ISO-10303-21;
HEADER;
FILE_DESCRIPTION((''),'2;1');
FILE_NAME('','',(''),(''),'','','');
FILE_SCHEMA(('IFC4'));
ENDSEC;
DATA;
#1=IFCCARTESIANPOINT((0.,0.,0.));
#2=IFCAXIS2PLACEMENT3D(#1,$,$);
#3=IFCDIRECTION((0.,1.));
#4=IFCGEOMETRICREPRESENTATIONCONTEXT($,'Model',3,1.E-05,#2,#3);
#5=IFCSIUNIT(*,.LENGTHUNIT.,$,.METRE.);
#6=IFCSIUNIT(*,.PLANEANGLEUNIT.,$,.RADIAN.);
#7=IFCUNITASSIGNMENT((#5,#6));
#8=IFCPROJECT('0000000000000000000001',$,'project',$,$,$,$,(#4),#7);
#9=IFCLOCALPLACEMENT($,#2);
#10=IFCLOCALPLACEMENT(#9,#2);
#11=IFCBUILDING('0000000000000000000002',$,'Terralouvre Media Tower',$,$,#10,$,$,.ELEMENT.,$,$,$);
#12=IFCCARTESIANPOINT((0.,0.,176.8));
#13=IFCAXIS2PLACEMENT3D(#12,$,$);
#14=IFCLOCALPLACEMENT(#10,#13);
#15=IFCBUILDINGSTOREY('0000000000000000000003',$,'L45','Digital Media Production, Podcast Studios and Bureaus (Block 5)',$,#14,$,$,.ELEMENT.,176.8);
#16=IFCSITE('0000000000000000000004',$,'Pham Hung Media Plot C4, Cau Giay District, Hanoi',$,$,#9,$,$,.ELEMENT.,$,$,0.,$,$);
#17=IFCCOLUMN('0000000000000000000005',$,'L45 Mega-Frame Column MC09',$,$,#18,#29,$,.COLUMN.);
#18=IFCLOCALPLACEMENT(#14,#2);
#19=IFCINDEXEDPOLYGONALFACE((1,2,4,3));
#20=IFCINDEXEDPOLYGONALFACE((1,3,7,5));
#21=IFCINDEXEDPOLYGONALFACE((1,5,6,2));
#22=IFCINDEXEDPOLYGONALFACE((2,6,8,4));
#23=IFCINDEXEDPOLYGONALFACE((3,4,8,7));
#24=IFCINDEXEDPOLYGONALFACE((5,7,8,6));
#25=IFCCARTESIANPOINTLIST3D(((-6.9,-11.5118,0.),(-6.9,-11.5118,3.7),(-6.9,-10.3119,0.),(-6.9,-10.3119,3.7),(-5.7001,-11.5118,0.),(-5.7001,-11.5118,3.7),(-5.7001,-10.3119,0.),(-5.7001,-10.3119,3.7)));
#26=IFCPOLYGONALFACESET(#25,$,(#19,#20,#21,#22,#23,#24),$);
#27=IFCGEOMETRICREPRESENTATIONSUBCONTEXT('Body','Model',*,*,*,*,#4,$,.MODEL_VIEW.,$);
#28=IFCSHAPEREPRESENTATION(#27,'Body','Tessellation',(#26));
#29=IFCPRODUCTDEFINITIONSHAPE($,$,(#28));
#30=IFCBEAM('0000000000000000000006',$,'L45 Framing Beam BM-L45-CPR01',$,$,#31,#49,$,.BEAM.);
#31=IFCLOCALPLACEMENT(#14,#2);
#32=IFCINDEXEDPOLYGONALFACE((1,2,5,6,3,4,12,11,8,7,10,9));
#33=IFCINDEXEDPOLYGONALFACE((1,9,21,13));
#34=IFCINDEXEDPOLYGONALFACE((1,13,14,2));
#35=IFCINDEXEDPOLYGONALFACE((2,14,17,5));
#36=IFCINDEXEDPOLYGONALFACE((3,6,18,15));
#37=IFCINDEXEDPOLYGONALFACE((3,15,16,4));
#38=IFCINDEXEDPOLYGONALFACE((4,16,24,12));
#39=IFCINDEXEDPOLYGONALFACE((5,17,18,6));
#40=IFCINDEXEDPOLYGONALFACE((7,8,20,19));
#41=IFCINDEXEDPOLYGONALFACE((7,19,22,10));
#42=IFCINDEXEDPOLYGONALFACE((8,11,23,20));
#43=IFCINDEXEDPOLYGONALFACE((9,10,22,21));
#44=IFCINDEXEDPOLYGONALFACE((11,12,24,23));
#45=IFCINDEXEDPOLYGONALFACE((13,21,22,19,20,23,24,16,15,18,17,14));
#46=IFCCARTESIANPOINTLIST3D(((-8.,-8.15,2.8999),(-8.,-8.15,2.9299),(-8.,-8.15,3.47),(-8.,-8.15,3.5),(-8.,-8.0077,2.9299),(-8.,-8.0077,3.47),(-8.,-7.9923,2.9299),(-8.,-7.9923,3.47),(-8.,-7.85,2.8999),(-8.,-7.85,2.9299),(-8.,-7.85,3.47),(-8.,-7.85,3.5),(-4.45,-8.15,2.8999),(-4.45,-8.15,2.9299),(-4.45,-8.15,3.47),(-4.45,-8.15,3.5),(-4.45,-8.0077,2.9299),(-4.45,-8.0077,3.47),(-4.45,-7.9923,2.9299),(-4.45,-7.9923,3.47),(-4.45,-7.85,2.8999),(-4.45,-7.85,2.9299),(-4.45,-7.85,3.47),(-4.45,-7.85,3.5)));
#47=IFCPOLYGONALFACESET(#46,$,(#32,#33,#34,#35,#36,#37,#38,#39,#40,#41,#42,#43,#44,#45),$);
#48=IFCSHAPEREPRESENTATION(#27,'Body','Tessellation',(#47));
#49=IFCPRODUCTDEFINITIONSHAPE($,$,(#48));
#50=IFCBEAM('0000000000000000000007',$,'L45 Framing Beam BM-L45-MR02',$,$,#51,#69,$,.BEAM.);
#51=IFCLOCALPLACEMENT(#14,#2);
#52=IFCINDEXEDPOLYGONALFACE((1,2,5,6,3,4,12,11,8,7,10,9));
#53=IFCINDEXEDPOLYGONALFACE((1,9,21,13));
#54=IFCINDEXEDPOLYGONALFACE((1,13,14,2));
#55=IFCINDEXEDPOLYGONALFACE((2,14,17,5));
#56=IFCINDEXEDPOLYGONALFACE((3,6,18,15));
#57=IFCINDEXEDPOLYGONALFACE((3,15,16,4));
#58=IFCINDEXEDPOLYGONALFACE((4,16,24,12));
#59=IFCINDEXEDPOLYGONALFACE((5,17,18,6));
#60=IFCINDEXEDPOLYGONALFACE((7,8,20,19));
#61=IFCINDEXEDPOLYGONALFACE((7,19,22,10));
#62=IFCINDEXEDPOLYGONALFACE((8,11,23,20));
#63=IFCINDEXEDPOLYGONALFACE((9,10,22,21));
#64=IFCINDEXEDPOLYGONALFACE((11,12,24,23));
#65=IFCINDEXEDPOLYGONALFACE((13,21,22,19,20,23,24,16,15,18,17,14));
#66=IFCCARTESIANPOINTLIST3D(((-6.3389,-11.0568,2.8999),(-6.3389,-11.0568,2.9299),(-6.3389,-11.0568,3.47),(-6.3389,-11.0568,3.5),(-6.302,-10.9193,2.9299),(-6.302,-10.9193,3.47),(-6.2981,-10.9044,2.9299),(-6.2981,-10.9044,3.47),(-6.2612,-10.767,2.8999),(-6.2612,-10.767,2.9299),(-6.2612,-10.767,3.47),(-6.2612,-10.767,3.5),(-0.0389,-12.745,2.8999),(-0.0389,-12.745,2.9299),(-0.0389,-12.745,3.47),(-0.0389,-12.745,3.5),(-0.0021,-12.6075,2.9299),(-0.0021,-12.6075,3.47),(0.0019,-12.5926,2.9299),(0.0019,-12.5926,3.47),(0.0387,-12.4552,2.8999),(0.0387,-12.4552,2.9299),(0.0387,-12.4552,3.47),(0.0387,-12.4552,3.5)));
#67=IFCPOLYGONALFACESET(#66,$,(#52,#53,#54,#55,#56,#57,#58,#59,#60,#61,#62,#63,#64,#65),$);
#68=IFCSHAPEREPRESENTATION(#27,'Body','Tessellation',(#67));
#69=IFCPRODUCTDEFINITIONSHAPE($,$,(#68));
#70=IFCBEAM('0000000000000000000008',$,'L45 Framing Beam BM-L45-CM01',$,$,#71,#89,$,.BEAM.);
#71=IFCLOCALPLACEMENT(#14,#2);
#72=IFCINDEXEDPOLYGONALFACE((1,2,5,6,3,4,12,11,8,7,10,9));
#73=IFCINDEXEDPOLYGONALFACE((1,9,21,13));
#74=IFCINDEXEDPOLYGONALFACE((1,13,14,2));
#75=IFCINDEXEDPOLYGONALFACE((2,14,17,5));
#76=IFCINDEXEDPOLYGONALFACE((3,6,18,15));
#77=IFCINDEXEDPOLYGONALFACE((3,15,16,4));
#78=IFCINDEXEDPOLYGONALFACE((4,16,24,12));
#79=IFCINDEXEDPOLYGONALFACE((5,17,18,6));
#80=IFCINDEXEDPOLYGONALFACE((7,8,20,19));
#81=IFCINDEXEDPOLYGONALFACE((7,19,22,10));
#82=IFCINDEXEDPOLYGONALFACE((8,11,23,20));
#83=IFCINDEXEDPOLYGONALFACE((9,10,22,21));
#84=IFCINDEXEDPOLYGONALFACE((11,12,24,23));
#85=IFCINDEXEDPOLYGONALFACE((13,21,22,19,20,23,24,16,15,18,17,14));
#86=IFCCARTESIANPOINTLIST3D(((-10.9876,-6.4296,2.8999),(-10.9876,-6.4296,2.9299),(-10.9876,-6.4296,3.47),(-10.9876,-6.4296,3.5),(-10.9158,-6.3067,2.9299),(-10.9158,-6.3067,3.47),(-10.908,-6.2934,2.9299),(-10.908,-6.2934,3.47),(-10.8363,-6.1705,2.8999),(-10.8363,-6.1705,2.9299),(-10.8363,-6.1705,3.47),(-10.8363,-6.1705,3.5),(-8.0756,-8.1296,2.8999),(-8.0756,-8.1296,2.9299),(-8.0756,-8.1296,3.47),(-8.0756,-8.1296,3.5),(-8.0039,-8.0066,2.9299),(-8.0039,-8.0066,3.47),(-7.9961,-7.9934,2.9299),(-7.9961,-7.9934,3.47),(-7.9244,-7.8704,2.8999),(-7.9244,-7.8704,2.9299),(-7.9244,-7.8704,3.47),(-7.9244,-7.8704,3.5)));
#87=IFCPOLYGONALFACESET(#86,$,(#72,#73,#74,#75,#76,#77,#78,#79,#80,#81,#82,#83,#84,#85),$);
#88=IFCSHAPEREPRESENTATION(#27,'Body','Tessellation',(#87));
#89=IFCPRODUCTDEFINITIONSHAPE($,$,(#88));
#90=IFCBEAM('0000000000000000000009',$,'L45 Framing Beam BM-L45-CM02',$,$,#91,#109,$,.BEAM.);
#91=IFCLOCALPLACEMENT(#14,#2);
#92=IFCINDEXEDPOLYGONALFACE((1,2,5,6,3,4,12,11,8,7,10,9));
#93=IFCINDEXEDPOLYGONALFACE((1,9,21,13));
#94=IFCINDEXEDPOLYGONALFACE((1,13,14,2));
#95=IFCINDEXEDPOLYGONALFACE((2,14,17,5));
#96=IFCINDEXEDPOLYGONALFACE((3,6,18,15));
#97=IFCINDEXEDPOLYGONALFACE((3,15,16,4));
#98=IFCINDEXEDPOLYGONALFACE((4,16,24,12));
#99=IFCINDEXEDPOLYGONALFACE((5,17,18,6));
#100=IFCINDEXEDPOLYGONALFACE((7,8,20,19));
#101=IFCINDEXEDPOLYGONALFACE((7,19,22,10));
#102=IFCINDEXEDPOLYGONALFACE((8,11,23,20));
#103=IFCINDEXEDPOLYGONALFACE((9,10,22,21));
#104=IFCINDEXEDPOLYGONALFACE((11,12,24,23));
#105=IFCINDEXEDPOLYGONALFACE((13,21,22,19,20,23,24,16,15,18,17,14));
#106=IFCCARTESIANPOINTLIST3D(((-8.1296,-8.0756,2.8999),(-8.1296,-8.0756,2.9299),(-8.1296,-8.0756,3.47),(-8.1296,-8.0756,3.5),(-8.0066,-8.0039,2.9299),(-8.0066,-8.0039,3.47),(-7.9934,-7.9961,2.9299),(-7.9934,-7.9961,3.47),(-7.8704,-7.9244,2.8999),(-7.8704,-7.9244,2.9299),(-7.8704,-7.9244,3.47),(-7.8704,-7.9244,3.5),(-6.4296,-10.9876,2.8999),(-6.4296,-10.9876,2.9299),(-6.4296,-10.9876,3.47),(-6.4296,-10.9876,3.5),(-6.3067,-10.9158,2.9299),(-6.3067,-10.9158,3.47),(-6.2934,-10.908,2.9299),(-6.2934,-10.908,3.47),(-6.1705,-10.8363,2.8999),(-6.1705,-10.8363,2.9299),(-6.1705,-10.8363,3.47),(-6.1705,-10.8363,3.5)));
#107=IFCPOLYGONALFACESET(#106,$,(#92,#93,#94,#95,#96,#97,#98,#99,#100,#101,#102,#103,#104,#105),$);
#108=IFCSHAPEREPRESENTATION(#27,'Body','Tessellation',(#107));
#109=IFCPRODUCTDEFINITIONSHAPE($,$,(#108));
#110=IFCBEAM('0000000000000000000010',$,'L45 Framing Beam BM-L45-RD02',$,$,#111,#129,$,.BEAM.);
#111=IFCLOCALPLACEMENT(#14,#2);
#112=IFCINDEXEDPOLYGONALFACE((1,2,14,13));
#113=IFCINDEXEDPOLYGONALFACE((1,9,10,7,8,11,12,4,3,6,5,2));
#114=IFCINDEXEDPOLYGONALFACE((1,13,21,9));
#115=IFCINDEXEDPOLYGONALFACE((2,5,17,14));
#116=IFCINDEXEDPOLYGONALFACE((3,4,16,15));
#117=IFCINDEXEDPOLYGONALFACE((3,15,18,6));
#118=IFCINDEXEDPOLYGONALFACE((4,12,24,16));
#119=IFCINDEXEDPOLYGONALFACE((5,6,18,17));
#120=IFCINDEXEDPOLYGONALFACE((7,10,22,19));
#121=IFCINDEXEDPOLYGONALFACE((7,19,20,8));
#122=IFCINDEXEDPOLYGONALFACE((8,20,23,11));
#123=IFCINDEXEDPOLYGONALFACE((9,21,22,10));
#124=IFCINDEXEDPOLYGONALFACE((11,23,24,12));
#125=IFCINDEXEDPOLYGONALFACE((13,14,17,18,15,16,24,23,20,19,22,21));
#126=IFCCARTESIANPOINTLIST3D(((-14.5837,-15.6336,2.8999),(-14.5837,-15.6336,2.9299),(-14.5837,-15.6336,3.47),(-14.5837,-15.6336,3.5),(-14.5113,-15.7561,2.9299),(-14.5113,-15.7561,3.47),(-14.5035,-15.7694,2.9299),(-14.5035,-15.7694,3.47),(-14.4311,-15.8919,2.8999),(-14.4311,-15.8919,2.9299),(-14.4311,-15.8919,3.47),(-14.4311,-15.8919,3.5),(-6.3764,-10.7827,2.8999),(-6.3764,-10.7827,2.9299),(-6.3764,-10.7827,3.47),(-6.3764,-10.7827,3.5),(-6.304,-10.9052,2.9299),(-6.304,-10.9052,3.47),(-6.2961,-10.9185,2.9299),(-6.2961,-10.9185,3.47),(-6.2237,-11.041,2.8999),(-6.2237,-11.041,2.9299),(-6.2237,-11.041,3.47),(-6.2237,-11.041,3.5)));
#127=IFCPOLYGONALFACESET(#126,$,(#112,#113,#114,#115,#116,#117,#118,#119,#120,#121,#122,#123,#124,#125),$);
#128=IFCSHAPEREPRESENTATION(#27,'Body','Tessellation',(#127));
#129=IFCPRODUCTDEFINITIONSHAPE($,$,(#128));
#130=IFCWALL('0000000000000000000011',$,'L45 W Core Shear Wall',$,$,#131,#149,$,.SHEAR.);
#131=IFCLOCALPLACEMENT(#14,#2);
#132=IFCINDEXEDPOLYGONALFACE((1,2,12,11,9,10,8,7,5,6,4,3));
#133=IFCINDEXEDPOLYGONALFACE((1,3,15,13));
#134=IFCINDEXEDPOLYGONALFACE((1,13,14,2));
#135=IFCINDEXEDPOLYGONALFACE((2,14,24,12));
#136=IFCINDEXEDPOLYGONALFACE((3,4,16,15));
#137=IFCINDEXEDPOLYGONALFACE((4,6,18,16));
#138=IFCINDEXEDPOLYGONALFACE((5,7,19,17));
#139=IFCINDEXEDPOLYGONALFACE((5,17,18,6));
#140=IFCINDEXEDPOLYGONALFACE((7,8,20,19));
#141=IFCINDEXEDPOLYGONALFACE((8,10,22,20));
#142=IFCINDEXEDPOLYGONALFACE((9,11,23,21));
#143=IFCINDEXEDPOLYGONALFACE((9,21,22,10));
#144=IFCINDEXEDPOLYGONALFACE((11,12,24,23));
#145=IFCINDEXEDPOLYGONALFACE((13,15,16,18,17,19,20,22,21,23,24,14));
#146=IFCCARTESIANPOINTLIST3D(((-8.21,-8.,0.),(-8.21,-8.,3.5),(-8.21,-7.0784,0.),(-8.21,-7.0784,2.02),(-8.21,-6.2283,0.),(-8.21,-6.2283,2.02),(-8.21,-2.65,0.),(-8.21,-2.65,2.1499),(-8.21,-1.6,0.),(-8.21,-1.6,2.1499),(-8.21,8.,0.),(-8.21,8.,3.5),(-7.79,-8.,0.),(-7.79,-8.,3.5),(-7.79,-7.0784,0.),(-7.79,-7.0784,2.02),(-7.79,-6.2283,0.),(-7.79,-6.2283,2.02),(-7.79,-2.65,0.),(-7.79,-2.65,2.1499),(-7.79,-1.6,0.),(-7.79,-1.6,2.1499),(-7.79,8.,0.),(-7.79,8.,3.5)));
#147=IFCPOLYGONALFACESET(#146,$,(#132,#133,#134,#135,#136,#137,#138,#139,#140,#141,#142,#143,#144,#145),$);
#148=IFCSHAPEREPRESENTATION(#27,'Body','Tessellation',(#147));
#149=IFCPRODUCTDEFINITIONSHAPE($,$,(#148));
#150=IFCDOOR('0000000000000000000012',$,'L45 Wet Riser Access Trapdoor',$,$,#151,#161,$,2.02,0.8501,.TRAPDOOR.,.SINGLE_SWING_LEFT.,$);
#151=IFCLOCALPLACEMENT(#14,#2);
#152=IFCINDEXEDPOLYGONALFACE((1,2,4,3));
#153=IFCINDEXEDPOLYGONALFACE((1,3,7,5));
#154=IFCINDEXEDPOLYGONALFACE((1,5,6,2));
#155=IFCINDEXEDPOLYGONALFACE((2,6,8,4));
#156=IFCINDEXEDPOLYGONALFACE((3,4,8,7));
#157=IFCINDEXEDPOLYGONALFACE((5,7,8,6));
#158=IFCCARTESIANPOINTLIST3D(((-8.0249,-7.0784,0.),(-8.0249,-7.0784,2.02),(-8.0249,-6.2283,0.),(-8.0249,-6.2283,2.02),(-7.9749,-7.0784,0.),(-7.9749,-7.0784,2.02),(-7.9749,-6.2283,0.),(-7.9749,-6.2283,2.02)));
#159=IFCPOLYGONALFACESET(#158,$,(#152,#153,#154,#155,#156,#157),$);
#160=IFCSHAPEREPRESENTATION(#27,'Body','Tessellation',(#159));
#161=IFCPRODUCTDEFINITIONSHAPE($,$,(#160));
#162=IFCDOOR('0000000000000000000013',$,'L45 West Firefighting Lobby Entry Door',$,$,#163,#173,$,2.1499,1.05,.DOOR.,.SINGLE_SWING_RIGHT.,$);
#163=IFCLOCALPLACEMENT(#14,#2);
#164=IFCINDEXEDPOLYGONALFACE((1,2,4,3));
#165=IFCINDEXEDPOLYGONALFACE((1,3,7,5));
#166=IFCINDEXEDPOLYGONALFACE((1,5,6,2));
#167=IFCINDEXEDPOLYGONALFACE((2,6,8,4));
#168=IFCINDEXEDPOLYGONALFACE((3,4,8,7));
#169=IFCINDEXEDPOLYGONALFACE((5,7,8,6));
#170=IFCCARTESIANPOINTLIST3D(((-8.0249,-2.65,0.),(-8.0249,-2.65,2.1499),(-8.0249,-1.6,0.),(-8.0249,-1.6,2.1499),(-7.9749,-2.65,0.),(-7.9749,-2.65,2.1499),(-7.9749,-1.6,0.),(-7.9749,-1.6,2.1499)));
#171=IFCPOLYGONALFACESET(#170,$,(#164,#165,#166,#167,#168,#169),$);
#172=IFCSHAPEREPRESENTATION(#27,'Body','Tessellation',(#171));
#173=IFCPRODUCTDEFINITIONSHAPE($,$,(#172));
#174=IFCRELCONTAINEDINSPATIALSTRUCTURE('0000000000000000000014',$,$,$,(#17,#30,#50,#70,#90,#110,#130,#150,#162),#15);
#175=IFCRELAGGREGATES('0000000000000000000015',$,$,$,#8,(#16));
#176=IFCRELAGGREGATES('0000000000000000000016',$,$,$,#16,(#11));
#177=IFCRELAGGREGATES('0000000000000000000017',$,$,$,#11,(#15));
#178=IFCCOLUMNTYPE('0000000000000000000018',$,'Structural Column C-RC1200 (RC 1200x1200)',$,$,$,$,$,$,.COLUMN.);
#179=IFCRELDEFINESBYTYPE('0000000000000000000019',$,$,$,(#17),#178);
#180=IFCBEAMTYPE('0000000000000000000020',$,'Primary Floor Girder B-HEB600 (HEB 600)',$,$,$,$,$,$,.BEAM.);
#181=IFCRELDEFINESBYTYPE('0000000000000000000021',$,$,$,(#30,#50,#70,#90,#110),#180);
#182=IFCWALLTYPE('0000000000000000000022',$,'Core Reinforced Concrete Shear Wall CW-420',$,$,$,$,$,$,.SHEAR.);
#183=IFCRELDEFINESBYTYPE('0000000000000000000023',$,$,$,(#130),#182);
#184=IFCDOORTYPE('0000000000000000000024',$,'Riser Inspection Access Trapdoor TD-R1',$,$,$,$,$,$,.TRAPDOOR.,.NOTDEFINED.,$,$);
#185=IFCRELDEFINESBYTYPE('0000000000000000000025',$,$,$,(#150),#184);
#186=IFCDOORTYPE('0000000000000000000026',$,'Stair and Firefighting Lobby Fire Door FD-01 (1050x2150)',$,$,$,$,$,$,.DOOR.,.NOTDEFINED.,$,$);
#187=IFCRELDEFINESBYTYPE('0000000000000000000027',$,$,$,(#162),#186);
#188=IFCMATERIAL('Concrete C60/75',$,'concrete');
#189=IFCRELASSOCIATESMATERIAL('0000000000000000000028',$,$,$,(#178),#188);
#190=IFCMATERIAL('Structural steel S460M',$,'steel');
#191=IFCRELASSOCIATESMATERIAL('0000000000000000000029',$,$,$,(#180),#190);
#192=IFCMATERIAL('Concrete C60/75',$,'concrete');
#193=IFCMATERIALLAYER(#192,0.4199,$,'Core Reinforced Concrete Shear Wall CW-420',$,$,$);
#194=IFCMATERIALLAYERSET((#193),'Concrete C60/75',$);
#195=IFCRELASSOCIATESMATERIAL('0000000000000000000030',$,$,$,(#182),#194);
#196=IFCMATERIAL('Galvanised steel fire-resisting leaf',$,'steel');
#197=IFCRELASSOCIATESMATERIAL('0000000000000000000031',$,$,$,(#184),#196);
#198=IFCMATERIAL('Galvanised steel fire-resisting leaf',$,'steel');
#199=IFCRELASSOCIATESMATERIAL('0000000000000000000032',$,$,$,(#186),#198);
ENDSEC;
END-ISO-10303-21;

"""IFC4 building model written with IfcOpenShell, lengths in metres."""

from ifc_helpers import new_model, si_unit, direction, frame, frame_2d, origin, origin_2d, place, context, subcontext, project, spatial, rectangle, i_section, extrude, material, layer, layer_set, material_profile, profile_set, type_object, element, fill, save


model = new_model("IFC4")

# Units and contexts
model_context = context("Model", 3, precision=1e-05, world=origin(), true_north=direction((0.0, 1.0)))
body_context = subcontext(model_context, "Body", "Model", "MODEL_VIEW")
ifc_project = project(units=[si_unit("LENGTHUNIT", "METRE"), si_unit("PLANEANGLEUNIT", "RADIAN")], contexts=[model_context])

# Site, building, storey
site_placement = place(None, origin())
site = spatial("IfcSite", under=ifc_project, at=site_placement, Name="Pham Hung Media Plot C4, Cau Giay District, Hanoi", CompositionType="ELEMENT", RefElevation=0.0)
building_placement = place(site_placement, origin())
building = spatial("IfcBuilding", under=site, at=building_placement, Name="Terralouvre Media Tower", CompositionType="ELEMENT")
storey_placement = place(building_placement, frame((0.0, 0.0, 176.8)))
storey = spatial("IfcBuildingStorey", under=building, at=storey_placement, Name="L45", Description="Digital Media Production, Podcast Studios and Bureaus (Block 5)", CompositionType="ELEMENT", Elevation=176.8)

# Column
ifc_material_1 = material(Name="Concrete C60/75", Category="concrete")
ifc_material_profile_1 = material_profile(ifc_material_1, rectangle(XDim=1.2, YDim=1.2, at=origin_2d()), Name="RC 1200x1200")
ifc_profile_set_1 = profile_set([ifc_material_profile_1], Name="Concrete C60/75")
column_type = type_object("IfcColumnType", Name="Structural Column C-RC1200 (RC 1200x1200)", PredefinedType="COLUMN", material=ifc_profile_set_1)
column_placement = place(storey_placement, frame((-6.3, -10.9119, 0.0), z_axis=(0.0, 0.0, 1.0), x_axis=(1.0, 0.0, 0.0)))
element("IfcColumn", 1, at=column_placement, inside=storey, type_object=column_type, Name="L45 Mega-Frame Column MC09", PredefinedType="COLUMN", context=body_context, shape_type="SweptSolid", body=[
    extrude(rectangle(XDim=1.2, YDim=1.2, at=origin_2d()), origin(), (0.0, 0.0, 1.0), 3.7),
])

# Beams
ifc_material_2 = material(Name="Structural steel S460M", Category="steel")
ifc_material_profile_2 = material_profile(ifc_material_2, i_section(OverallWidth=0.3, OverallDepth=0.6001, WebThickness=0.0154, FlangeThickness=0.03, at=origin_2d()), Name="HEB 600")
ifc_profile_set_2 = profile_set([ifc_material_profile_2], Name="Structural steel S460M")
beam_type = type_object("IfcBeamType", Name="Primary Floor Girder B-HEB600 (HEB 600)", PredefinedType="BEAM", material=ifc_profile_set_2)
beam_1_placement = place(storey_placement, frame((-8.0, -8.0, 3.2), z_axis=(1.0, 0.0, 0.0), x_axis=(0.0, 1.0, 0.0)))
element("IfcBeam", 2, at=beam_1_placement, inside=storey, type_object=beam_type, Name="L45 Framing Beam BM-L45-CPR01", PredefinedType="BEAM", context=body_context, shape_type="SweptSolid", body=[
    extrude(i_section(OverallWidth=0.3, OverallDepth=0.6001, WebThickness=0.0154, FlangeThickness=0.03, at=origin_2d()), origin(), (0.0, 0.0, 1.0), 3.55),
])
beam_2_placement = place(storey_placement, frame((-6.3, -10.9119, 3.2), z_axis=(0.96592, -0.258839, 0.0), x_axis=(0.258839, 0.96592, 0.0)))
element("IfcBeam", 3, at=beam_2_placement, inside=storey, type_object=beam_type, Name="L45 Framing Beam BM-L45-MR02", PredefinedType="BEAM", context=body_context, shape_type="SweptSolid", body=[
    extrude(i_section(OverallWidth=0.3, OverallDepth=0.6001, WebThickness=0.0154, FlangeThickness=0.03, at=origin_2d()), origin(), (0.0, 0.0, 1.0), 6.5222),
])
for number, where, z_axis, x_axis, name in (
    (4, (-8.0, -8.0, 3.2), (-0.863603, 0.504173, 0.0), (-0.504173, -0.863603, 0.0), "L45 Framing Beam BM-L45-CM01"),
    (5, (-8.0, -8.0, 3.2), (0.504173, -0.863603, 0.0), (0.863603, 0.504173, 0.0), "L45 Framing Beam BM-L45-CM02"),
):
    element("IfcBeam", number, at=place(storey_placement, frame(where, z_axis=z_axis, x_axis=x_axis)), inside=storey, type_object=beam_type, Name=name, PredefinedType="BEAM", context=body_context, shape_type="SweptSolid", body=[
        extrude(i_section(OverallWidth=0.3, OverallDepth=0.6001, WebThickness=0.0154, FlangeThickness=0.03, at=origin_2d()), origin(), (0.0, 0.0, 1.0), 3.3718),
    ])
beam_3_placement = place(storey_placement, frame((-6.3, -10.9119, 3.2), z_axis=(-0.860877, -0.508813, 0.0), x_axis=(0.508813, -0.860877, 0.0)))
element("IfcBeam", 6, at=beam_3_placement, inside=storey, type_object=beam_type, Name="L45 Framing Beam BM-L45-RD02", PredefinedType="BEAM", context=body_context, shape_type="SweptSolid", body=[
    extrude(i_section(OverallWidth=0.3, OverallDepth=0.6001, WebThickness=0.0154, FlangeThickness=0.03, at=origin_2d()), origin(), (0.0, 0.0, 1.0), 9.5337),
])

# Wall, openings, doors
ifc_material_3 = material(Name="Concrete C60/75", Category="concrete")
ifc_layer_1 = layer(ifc_material_3, 0.4199, Name="Core Reinforced Concrete Shear Wall CW-420")
ifc_layer_set_1 = layer_set([ifc_layer_1], Name="Concrete C60/75")
wall_type_1 = type_object("IfcWallType", Name="Core Reinforced Concrete Shear Wall CW-420", PredefinedType="SHEAR", material=ifc_layer_set_1)
wall_1_placement = place(storey_placement, frame((-8.0, -8.0, 0.0), z_axis=(0.0, 0.0, 1.0), x_axis=(0.0, 1.0, 0.0)))
wall_1 = element("IfcWall", 7, at=wall_1_placement, inside=storey, type_object=wall_type_1, Name="L45 W Core Shear Wall", PredefinedType="SHEAR", context=body_context, shape_type="SweptSolid", body=[
    extrude(rectangle(XDim=16.0, YDim=0.4199, at=frame_2d((8.0, 0.0))), origin(), (0.0, 0.0, 1.0), 3.5),
])
opening_1_placement = place(wall_1_placement, frame((0.9216, 0.0, 0.0)))
opening_1 = element("IfcOpeningElement", 8, at=opening_1_placement, cuts=wall_1, PredefinedType="OPENING", context=body_context, shape_type="SweptSolid", body=[
    extrude(rectangle(XDim=0.8501, YDim=2.02, at=frame_2d((0.425, 1.01))), frame((0.0, 0.22, 0.0), z_axis=(0.0, -1.0, 0.0), x_axis=(1.0, 0.0, 0.0)), (0.0, 0.0, 1.0), 0.4399),
])
opening_2_placement = place(wall_1_placement, frame((5.3501, 0.0, 0.0)))
opening_2 = element("IfcOpeningElement", 9, at=opening_2_placement, cuts=wall_1, PredefinedType="OPENING", context=body_context, shape_type="SweptSolid", body=[
    extrude(rectangle(XDim=1.05, YDim=2.1499, at=frame_2d((0.5249, 1.075))), frame((0.0, 0.22, 0.0), z_axis=(0.0, -1.0, 0.0), x_axis=(1.0, 0.0, 0.0)), (0.0, 0.0, 1.0), 0.4399),
])
ifc_material_4 = material(Name="Galvanised steel fire-resisting leaf", Category="steel")
door_type_1 = type_object("IfcDoorType", Name="Riser Inspection Access Trapdoor TD-R1", OperationType="NOTDEFINED", PredefinedType="TRAPDOOR", material=ifc_material_4)
door_1_placement = place(opening_1_placement, origin())
door_1 = element("IfcDoor", 10, at=door_1_placement, inside=storey, type_object=door_type_1, Name="L45 Wet Riser Access Trapdoor", OperationType="SINGLE_SWING_LEFT", OverallHeight=2.02, OverallWidth=0.8501, PredefinedType="TRAPDOOR", context=body_context, shape_type="SweptSolid", body=[
    extrude(rectangle(XDim=0.8501, YDim=2.02, at=frame_2d((0.425, 1.01))), frame((0.0, 0.0249, 0.0), z_axis=(0.0, -1.0, 0.0), x_axis=(1.0, 0.0, 0.0)), (0.0, 0.0, 1.0), 0.05),
])
fill(opening_1, door_1)
ifc_material_5 = material(Name="Galvanised steel fire-resisting leaf", Category="steel")
door_type_2 = type_object("IfcDoorType", Name="Stair and Firefighting Lobby Fire Door FD-01 (1050x2150)", OperationType="NOTDEFINED", PredefinedType="DOOR", material=ifc_material_5)
door_2_placement = place(opening_2_placement, origin())
door_2 = element("IfcDoor", 11, at=door_2_placement, inside=storey, type_object=door_type_2, Name="L45 West Firefighting Lobby Entry Door", OperationType="SINGLE_SWING_RIGHT", OverallHeight=2.1499, OverallWidth=1.05, PredefinedType="DOOR", context=body_context, shape_type="SweptSolid", body=[
    extrude(rectangle(XDim=1.05, YDim=2.1499, at=frame_2d((0.5249, 1.075))), frame((0.0, 0.0249, 0.0), z_axis=(0.0, -1.0, 0.0), x_axis=(1.0, 0.0, 0.0)), (0.0, 0.0, 1.0), 0.05),
])
fill(opening_2, door_2)

save(model, "model.ifc")
